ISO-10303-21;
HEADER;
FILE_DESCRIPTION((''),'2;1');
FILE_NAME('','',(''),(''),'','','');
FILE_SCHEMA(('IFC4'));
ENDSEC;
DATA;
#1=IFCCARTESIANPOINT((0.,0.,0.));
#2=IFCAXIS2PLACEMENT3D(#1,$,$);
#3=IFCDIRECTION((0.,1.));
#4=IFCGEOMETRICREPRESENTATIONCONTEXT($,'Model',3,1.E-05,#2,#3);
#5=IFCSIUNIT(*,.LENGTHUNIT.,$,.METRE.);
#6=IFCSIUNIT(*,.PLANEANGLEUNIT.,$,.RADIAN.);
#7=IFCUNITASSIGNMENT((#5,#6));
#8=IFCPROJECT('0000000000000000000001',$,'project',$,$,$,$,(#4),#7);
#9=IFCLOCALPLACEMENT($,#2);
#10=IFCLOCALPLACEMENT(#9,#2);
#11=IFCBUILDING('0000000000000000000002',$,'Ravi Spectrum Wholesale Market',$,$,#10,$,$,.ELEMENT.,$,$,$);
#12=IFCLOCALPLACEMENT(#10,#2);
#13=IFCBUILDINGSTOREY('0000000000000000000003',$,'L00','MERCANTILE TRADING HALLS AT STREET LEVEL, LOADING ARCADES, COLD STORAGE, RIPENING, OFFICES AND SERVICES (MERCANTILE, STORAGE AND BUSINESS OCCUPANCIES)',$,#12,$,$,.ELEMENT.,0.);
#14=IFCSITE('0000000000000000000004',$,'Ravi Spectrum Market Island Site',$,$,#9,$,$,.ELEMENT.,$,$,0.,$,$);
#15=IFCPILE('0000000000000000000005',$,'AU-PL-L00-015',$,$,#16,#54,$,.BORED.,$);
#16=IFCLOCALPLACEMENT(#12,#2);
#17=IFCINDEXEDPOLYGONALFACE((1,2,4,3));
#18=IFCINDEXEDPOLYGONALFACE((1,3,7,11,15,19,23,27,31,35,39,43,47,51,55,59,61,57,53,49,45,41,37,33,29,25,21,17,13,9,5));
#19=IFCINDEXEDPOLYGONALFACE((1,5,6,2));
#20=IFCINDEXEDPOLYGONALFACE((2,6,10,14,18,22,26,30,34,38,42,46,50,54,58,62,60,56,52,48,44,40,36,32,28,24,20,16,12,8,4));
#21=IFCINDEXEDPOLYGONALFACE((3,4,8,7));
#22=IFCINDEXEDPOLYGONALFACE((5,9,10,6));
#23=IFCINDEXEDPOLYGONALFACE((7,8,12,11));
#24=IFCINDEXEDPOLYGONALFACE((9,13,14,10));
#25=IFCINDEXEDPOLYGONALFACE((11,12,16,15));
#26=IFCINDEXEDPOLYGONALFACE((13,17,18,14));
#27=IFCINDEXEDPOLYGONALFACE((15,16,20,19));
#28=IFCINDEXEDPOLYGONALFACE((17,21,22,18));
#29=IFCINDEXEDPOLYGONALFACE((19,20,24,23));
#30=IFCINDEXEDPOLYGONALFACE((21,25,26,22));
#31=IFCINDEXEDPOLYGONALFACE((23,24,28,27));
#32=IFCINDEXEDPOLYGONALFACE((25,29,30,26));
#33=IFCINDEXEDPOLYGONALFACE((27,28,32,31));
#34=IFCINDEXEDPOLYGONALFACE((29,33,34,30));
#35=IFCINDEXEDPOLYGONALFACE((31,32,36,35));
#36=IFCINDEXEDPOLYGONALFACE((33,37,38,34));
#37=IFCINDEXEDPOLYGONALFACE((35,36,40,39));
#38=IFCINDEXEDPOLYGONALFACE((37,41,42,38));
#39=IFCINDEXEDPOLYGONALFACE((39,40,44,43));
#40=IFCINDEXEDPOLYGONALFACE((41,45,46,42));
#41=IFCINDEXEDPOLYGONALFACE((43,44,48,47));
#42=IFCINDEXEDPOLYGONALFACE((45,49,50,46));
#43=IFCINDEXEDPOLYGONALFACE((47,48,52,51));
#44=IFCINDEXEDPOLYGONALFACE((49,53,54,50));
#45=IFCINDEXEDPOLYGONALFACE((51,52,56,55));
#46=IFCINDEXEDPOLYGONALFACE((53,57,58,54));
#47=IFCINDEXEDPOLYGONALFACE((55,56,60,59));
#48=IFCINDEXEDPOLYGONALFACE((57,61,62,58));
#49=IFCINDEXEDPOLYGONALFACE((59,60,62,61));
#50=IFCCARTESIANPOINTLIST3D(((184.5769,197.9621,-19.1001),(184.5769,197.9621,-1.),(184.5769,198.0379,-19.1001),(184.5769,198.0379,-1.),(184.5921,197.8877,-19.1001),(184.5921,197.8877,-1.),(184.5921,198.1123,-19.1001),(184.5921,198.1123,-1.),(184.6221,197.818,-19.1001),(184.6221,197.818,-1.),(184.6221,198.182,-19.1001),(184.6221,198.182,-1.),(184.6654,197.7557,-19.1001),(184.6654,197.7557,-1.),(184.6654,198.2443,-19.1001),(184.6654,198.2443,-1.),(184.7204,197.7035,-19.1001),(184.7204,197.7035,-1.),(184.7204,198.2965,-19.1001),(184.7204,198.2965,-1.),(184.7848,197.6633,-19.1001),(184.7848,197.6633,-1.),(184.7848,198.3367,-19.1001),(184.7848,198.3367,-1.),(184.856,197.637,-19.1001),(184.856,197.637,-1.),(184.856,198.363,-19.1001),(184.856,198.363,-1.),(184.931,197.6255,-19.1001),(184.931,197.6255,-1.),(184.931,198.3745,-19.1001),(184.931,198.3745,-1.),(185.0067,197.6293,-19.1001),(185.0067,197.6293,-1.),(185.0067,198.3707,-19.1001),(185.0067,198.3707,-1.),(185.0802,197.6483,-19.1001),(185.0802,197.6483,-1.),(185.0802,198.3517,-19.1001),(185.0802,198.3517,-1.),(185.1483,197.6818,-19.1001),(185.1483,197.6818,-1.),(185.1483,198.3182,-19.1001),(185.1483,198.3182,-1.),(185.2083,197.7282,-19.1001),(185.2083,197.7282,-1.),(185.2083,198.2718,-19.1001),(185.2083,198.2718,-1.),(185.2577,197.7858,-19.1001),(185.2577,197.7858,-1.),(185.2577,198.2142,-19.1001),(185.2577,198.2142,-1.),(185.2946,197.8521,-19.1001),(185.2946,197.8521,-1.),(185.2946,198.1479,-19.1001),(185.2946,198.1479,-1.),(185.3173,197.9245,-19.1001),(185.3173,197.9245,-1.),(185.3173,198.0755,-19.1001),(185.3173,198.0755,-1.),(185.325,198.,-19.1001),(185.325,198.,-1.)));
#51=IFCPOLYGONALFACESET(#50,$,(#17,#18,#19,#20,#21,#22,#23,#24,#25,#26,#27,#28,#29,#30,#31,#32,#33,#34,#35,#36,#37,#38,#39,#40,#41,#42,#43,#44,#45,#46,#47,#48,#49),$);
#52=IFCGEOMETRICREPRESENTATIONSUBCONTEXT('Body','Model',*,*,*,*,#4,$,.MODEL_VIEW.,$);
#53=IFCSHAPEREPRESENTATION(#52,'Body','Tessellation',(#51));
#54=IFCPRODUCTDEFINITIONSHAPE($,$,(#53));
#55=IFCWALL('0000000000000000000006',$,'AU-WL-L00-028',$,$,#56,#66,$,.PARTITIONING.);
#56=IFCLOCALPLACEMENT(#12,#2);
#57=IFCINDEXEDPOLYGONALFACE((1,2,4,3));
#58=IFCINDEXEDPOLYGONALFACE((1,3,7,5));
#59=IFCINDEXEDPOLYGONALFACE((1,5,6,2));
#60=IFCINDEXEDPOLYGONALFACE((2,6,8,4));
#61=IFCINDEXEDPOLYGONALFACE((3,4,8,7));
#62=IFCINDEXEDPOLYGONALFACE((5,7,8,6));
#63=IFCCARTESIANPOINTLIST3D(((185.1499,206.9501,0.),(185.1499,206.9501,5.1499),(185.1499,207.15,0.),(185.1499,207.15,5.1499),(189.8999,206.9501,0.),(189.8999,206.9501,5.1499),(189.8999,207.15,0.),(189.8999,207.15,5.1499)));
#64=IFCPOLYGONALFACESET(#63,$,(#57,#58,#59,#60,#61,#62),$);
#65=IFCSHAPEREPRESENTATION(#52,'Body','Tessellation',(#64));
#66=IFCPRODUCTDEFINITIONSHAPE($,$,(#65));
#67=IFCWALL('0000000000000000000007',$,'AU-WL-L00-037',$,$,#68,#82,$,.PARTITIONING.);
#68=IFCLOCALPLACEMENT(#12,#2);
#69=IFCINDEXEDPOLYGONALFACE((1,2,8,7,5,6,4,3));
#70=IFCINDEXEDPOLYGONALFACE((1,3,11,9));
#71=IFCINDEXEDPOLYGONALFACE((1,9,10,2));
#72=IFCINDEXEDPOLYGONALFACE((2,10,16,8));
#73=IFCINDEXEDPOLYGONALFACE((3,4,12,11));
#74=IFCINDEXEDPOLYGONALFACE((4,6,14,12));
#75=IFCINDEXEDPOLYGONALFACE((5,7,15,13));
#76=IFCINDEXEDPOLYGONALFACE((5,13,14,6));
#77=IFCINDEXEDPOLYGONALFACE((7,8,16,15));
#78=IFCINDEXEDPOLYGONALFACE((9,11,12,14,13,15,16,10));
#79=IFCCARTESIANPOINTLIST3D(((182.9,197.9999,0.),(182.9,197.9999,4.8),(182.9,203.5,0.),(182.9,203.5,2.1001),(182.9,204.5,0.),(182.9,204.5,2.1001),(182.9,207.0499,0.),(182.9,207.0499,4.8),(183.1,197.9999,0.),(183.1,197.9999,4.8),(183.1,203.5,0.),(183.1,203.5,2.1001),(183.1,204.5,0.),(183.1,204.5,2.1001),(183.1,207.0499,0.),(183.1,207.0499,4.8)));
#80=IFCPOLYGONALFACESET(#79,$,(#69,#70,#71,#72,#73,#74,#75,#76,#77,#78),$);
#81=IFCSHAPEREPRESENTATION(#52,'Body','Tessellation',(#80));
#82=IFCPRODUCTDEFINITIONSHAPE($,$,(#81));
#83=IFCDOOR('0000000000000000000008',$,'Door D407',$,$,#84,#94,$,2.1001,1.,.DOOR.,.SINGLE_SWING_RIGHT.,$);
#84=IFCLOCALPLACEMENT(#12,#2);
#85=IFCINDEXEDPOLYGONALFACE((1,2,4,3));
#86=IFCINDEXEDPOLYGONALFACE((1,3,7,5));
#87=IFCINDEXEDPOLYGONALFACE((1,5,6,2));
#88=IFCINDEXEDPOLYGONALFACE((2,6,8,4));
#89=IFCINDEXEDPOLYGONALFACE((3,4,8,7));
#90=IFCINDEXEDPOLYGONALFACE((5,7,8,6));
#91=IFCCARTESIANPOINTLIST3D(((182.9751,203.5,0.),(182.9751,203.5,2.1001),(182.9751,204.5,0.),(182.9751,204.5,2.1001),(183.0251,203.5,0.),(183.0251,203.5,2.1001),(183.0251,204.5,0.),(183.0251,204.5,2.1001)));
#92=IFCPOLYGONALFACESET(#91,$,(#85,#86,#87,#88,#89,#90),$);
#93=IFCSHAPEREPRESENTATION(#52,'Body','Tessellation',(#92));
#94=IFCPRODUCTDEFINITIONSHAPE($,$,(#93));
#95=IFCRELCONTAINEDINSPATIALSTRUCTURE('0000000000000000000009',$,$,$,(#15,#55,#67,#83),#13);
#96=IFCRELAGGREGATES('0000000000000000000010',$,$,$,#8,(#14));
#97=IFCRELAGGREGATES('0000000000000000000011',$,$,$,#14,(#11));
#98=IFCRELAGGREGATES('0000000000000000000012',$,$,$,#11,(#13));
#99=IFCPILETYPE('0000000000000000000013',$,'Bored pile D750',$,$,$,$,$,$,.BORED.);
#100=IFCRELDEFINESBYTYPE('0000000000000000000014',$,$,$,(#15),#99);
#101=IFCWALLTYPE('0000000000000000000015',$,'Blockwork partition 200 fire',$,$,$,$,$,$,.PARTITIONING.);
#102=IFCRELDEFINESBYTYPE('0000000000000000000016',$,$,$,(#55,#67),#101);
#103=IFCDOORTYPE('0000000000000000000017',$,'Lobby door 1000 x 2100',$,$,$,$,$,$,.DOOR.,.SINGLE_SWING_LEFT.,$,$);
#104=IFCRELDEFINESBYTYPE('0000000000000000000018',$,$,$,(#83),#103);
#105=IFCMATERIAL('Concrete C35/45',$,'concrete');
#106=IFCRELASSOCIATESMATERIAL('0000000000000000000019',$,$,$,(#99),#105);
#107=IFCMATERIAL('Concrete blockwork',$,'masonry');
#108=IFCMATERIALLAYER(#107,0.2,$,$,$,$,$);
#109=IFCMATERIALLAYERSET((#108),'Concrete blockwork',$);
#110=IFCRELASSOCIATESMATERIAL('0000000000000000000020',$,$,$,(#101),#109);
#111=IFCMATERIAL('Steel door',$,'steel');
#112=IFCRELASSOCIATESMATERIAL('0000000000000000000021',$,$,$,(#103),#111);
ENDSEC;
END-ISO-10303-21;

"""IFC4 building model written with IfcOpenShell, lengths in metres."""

from ifc_helpers import new_model, si_unit, direction, frame, frame_2d, origin, origin_2d, place, context, subcontext, project, spatial, rectangle, circle, extrude, material, layer, layer_set, material_profile, profile_set, type_object, element, fill, save


model = new_model("IFC4")

# Units and contexts
model_context = context("Model", 3, precision=1e-05, world=origin(), true_north=direction((0.0, 1.0)))
body_context = subcontext(model_context, "Body", "Model", "MODEL_VIEW")
ifc_project = project(units=[si_unit("LENGTHUNIT", "METRE"), si_unit("PLANEANGLEUNIT", "RADIAN")], contexts=[model_context])

# Site, building, storey
site_placement = place(None, origin())
site = spatial("IfcSite", under=ifc_project, at=site_placement, Name="Ravi Spectrum Market Island Site", CompositionType="ELEMENT", RefElevation=0.0)
building_placement = place(site_placement, origin())
building = spatial("IfcBuilding", under=site, at=building_placement, Name="Ravi Spectrum Wholesale Market", CompositionType="ELEMENT")
storey_placement = place(building_placement, origin())
storey = spatial("IfcBuildingStorey", under=building, at=storey_placement, Name="L00", Description="MERCANTILE TRADING HALLS AT STREET LEVEL, LOADING ARCADES, COLD STORAGE, RIPENING, OFFICES AND SERVICES (MERCANTILE, STORAGE AND BUSINESS OCCUPANCIES)", CompositionType="ELEMENT", Elevation=0.0)

# Pile
ifc_material_1 = material(Name="Concrete C35/45", Category="concrete")
ifc_material_profile = material_profile(ifc_material_1, circle(Radius=0.375, at=origin_2d()))
ifc_profile_set = profile_set([ifc_material_profile], Name="Concrete C35/45")
pile_type = type_object("IfcPileType", Name="Bored pile D750", PredefinedType="BORED", material=ifc_profile_set)
pile_placement = place(storey_placement, frame((184.95, 198.0, -1.0), z_axis=(0.0, 0.0, -1.0), x_axis=(1.0, 0.0, 0.0)))
element("IfcPile", 1, at=pile_placement, inside=storey, type_object=pile_type, Name="AU-PL-L00-015", PredefinedType="BORED", context=body_context, shape_type="SweptSolid", body=[
    extrude(circle(Radius=0.375, at=origin_2d()), origin(), (0.0, 0.0, 1.0), 18.1001),
])

# Wall
ifc_material_2 = material(Name="Concrete blockwork", Category="masonry")
ifc_layer_1 = layer(ifc_material_2, 0.2)
ifc_layer_set_1 = layer_set([ifc_layer_1], Name="Concrete blockwork")
wall_type_1 = type_object("IfcWallType", Name="Blockwork partition 200 fire", PredefinedType="PARTITIONING", material=ifc_layer_set_1)
wall_1_placement = place(storey_placement, frame((185.1499, 207.05, 0.0), z_axis=(0.0, 0.0, 1.0), x_axis=(1.0, 0.0, 0.0)))
element("IfcWall", 2, at=wall_1_placement, inside=storey, type_object=wall_type_1, Name="AU-WL-L00-028", PredefinedType="PARTITIONING", context=body_context, shape_type="SweptSolid", body=[
    extrude(rectangle(XDim=4.75, YDim=0.2, at=frame_2d((2.375, 0.0))), origin(), (0.0, 0.0, 1.0), 5.1499),
])

# Wall, opening, door
wall_2_placement = place(storey_placement, frame((183.0, 198.0, 0.0), z_axis=(0.0, 0.0, 1.0), x_axis=(0.0, 1.0, 0.0)))
wall_2 = element("IfcWall", 3, at=wall_2_placement, inside=storey, type_object=wall_type_1, Name="AU-WL-L00-037", PredefinedType="PARTITIONING", context=body_context, shape_type="SweptSolid", body=[
    extrude(rectangle(XDim=9.05, YDim=0.2, at=frame_2d((4.5249, 0.0))), origin(), (0.0, 0.0, 1.0), 4.8),
])
opening_1_placement = place(wall_2_placement, frame((5.5, 0.0, 0.0)))
opening_1 = element("IfcOpeningElement", 4, at=opening_1_placement, cuts=wall_2, PredefinedType="OPENING", context=body_context, shape_type="SweptSolid", body=[
    extrude(rectangle(XDim=1.0, YDim=2.1001, at=frame_2d((0.5, 1.05))), frame((0.0, 0.1099, 0.0), z_axis=(0.0, -1.0, 0.0), x_axis=(1.0, 0.0, 0.0)), (0.0, 0.0, 1.0), 0.22),
])
ifc_material_3 = material(Name="Steel door", Category="steel")
door_type_1 = type_object("IfcDoorType", Name="Lobby door 1000 x 2100", OperationType="SINGLE_SWING_LEFT", PredefinedType="DOOR", material=ifc_material_3)
door_1_placement = place(opening_1_placement, origin())
door_1 = element("IfcDoor", 5, at=door_1_placement, inside=storey, type_object=door_type_1, Name="Door D407", OperationType="SINGLE_SWING_RIGHT", OverallHeight=2.1001, OverallWidth=1.0, PredefinedType="DOOR", context=body_context, shape_type="SweptSolid", body=[
    extrude(rectangle(XDim=1.0, YDim=2.1001, at=frame_2d((0.5, 1.05))), frame((0.0, 0.0249, 0.0), z_axis=(0.0, -1.0, 0.0), x_axis=(1.0, 0.0, 0.0)), (0.0, 0.0, 1.0), 0.05),
])
fill(opening_1, door_1)

save(model, "model.ifc")
